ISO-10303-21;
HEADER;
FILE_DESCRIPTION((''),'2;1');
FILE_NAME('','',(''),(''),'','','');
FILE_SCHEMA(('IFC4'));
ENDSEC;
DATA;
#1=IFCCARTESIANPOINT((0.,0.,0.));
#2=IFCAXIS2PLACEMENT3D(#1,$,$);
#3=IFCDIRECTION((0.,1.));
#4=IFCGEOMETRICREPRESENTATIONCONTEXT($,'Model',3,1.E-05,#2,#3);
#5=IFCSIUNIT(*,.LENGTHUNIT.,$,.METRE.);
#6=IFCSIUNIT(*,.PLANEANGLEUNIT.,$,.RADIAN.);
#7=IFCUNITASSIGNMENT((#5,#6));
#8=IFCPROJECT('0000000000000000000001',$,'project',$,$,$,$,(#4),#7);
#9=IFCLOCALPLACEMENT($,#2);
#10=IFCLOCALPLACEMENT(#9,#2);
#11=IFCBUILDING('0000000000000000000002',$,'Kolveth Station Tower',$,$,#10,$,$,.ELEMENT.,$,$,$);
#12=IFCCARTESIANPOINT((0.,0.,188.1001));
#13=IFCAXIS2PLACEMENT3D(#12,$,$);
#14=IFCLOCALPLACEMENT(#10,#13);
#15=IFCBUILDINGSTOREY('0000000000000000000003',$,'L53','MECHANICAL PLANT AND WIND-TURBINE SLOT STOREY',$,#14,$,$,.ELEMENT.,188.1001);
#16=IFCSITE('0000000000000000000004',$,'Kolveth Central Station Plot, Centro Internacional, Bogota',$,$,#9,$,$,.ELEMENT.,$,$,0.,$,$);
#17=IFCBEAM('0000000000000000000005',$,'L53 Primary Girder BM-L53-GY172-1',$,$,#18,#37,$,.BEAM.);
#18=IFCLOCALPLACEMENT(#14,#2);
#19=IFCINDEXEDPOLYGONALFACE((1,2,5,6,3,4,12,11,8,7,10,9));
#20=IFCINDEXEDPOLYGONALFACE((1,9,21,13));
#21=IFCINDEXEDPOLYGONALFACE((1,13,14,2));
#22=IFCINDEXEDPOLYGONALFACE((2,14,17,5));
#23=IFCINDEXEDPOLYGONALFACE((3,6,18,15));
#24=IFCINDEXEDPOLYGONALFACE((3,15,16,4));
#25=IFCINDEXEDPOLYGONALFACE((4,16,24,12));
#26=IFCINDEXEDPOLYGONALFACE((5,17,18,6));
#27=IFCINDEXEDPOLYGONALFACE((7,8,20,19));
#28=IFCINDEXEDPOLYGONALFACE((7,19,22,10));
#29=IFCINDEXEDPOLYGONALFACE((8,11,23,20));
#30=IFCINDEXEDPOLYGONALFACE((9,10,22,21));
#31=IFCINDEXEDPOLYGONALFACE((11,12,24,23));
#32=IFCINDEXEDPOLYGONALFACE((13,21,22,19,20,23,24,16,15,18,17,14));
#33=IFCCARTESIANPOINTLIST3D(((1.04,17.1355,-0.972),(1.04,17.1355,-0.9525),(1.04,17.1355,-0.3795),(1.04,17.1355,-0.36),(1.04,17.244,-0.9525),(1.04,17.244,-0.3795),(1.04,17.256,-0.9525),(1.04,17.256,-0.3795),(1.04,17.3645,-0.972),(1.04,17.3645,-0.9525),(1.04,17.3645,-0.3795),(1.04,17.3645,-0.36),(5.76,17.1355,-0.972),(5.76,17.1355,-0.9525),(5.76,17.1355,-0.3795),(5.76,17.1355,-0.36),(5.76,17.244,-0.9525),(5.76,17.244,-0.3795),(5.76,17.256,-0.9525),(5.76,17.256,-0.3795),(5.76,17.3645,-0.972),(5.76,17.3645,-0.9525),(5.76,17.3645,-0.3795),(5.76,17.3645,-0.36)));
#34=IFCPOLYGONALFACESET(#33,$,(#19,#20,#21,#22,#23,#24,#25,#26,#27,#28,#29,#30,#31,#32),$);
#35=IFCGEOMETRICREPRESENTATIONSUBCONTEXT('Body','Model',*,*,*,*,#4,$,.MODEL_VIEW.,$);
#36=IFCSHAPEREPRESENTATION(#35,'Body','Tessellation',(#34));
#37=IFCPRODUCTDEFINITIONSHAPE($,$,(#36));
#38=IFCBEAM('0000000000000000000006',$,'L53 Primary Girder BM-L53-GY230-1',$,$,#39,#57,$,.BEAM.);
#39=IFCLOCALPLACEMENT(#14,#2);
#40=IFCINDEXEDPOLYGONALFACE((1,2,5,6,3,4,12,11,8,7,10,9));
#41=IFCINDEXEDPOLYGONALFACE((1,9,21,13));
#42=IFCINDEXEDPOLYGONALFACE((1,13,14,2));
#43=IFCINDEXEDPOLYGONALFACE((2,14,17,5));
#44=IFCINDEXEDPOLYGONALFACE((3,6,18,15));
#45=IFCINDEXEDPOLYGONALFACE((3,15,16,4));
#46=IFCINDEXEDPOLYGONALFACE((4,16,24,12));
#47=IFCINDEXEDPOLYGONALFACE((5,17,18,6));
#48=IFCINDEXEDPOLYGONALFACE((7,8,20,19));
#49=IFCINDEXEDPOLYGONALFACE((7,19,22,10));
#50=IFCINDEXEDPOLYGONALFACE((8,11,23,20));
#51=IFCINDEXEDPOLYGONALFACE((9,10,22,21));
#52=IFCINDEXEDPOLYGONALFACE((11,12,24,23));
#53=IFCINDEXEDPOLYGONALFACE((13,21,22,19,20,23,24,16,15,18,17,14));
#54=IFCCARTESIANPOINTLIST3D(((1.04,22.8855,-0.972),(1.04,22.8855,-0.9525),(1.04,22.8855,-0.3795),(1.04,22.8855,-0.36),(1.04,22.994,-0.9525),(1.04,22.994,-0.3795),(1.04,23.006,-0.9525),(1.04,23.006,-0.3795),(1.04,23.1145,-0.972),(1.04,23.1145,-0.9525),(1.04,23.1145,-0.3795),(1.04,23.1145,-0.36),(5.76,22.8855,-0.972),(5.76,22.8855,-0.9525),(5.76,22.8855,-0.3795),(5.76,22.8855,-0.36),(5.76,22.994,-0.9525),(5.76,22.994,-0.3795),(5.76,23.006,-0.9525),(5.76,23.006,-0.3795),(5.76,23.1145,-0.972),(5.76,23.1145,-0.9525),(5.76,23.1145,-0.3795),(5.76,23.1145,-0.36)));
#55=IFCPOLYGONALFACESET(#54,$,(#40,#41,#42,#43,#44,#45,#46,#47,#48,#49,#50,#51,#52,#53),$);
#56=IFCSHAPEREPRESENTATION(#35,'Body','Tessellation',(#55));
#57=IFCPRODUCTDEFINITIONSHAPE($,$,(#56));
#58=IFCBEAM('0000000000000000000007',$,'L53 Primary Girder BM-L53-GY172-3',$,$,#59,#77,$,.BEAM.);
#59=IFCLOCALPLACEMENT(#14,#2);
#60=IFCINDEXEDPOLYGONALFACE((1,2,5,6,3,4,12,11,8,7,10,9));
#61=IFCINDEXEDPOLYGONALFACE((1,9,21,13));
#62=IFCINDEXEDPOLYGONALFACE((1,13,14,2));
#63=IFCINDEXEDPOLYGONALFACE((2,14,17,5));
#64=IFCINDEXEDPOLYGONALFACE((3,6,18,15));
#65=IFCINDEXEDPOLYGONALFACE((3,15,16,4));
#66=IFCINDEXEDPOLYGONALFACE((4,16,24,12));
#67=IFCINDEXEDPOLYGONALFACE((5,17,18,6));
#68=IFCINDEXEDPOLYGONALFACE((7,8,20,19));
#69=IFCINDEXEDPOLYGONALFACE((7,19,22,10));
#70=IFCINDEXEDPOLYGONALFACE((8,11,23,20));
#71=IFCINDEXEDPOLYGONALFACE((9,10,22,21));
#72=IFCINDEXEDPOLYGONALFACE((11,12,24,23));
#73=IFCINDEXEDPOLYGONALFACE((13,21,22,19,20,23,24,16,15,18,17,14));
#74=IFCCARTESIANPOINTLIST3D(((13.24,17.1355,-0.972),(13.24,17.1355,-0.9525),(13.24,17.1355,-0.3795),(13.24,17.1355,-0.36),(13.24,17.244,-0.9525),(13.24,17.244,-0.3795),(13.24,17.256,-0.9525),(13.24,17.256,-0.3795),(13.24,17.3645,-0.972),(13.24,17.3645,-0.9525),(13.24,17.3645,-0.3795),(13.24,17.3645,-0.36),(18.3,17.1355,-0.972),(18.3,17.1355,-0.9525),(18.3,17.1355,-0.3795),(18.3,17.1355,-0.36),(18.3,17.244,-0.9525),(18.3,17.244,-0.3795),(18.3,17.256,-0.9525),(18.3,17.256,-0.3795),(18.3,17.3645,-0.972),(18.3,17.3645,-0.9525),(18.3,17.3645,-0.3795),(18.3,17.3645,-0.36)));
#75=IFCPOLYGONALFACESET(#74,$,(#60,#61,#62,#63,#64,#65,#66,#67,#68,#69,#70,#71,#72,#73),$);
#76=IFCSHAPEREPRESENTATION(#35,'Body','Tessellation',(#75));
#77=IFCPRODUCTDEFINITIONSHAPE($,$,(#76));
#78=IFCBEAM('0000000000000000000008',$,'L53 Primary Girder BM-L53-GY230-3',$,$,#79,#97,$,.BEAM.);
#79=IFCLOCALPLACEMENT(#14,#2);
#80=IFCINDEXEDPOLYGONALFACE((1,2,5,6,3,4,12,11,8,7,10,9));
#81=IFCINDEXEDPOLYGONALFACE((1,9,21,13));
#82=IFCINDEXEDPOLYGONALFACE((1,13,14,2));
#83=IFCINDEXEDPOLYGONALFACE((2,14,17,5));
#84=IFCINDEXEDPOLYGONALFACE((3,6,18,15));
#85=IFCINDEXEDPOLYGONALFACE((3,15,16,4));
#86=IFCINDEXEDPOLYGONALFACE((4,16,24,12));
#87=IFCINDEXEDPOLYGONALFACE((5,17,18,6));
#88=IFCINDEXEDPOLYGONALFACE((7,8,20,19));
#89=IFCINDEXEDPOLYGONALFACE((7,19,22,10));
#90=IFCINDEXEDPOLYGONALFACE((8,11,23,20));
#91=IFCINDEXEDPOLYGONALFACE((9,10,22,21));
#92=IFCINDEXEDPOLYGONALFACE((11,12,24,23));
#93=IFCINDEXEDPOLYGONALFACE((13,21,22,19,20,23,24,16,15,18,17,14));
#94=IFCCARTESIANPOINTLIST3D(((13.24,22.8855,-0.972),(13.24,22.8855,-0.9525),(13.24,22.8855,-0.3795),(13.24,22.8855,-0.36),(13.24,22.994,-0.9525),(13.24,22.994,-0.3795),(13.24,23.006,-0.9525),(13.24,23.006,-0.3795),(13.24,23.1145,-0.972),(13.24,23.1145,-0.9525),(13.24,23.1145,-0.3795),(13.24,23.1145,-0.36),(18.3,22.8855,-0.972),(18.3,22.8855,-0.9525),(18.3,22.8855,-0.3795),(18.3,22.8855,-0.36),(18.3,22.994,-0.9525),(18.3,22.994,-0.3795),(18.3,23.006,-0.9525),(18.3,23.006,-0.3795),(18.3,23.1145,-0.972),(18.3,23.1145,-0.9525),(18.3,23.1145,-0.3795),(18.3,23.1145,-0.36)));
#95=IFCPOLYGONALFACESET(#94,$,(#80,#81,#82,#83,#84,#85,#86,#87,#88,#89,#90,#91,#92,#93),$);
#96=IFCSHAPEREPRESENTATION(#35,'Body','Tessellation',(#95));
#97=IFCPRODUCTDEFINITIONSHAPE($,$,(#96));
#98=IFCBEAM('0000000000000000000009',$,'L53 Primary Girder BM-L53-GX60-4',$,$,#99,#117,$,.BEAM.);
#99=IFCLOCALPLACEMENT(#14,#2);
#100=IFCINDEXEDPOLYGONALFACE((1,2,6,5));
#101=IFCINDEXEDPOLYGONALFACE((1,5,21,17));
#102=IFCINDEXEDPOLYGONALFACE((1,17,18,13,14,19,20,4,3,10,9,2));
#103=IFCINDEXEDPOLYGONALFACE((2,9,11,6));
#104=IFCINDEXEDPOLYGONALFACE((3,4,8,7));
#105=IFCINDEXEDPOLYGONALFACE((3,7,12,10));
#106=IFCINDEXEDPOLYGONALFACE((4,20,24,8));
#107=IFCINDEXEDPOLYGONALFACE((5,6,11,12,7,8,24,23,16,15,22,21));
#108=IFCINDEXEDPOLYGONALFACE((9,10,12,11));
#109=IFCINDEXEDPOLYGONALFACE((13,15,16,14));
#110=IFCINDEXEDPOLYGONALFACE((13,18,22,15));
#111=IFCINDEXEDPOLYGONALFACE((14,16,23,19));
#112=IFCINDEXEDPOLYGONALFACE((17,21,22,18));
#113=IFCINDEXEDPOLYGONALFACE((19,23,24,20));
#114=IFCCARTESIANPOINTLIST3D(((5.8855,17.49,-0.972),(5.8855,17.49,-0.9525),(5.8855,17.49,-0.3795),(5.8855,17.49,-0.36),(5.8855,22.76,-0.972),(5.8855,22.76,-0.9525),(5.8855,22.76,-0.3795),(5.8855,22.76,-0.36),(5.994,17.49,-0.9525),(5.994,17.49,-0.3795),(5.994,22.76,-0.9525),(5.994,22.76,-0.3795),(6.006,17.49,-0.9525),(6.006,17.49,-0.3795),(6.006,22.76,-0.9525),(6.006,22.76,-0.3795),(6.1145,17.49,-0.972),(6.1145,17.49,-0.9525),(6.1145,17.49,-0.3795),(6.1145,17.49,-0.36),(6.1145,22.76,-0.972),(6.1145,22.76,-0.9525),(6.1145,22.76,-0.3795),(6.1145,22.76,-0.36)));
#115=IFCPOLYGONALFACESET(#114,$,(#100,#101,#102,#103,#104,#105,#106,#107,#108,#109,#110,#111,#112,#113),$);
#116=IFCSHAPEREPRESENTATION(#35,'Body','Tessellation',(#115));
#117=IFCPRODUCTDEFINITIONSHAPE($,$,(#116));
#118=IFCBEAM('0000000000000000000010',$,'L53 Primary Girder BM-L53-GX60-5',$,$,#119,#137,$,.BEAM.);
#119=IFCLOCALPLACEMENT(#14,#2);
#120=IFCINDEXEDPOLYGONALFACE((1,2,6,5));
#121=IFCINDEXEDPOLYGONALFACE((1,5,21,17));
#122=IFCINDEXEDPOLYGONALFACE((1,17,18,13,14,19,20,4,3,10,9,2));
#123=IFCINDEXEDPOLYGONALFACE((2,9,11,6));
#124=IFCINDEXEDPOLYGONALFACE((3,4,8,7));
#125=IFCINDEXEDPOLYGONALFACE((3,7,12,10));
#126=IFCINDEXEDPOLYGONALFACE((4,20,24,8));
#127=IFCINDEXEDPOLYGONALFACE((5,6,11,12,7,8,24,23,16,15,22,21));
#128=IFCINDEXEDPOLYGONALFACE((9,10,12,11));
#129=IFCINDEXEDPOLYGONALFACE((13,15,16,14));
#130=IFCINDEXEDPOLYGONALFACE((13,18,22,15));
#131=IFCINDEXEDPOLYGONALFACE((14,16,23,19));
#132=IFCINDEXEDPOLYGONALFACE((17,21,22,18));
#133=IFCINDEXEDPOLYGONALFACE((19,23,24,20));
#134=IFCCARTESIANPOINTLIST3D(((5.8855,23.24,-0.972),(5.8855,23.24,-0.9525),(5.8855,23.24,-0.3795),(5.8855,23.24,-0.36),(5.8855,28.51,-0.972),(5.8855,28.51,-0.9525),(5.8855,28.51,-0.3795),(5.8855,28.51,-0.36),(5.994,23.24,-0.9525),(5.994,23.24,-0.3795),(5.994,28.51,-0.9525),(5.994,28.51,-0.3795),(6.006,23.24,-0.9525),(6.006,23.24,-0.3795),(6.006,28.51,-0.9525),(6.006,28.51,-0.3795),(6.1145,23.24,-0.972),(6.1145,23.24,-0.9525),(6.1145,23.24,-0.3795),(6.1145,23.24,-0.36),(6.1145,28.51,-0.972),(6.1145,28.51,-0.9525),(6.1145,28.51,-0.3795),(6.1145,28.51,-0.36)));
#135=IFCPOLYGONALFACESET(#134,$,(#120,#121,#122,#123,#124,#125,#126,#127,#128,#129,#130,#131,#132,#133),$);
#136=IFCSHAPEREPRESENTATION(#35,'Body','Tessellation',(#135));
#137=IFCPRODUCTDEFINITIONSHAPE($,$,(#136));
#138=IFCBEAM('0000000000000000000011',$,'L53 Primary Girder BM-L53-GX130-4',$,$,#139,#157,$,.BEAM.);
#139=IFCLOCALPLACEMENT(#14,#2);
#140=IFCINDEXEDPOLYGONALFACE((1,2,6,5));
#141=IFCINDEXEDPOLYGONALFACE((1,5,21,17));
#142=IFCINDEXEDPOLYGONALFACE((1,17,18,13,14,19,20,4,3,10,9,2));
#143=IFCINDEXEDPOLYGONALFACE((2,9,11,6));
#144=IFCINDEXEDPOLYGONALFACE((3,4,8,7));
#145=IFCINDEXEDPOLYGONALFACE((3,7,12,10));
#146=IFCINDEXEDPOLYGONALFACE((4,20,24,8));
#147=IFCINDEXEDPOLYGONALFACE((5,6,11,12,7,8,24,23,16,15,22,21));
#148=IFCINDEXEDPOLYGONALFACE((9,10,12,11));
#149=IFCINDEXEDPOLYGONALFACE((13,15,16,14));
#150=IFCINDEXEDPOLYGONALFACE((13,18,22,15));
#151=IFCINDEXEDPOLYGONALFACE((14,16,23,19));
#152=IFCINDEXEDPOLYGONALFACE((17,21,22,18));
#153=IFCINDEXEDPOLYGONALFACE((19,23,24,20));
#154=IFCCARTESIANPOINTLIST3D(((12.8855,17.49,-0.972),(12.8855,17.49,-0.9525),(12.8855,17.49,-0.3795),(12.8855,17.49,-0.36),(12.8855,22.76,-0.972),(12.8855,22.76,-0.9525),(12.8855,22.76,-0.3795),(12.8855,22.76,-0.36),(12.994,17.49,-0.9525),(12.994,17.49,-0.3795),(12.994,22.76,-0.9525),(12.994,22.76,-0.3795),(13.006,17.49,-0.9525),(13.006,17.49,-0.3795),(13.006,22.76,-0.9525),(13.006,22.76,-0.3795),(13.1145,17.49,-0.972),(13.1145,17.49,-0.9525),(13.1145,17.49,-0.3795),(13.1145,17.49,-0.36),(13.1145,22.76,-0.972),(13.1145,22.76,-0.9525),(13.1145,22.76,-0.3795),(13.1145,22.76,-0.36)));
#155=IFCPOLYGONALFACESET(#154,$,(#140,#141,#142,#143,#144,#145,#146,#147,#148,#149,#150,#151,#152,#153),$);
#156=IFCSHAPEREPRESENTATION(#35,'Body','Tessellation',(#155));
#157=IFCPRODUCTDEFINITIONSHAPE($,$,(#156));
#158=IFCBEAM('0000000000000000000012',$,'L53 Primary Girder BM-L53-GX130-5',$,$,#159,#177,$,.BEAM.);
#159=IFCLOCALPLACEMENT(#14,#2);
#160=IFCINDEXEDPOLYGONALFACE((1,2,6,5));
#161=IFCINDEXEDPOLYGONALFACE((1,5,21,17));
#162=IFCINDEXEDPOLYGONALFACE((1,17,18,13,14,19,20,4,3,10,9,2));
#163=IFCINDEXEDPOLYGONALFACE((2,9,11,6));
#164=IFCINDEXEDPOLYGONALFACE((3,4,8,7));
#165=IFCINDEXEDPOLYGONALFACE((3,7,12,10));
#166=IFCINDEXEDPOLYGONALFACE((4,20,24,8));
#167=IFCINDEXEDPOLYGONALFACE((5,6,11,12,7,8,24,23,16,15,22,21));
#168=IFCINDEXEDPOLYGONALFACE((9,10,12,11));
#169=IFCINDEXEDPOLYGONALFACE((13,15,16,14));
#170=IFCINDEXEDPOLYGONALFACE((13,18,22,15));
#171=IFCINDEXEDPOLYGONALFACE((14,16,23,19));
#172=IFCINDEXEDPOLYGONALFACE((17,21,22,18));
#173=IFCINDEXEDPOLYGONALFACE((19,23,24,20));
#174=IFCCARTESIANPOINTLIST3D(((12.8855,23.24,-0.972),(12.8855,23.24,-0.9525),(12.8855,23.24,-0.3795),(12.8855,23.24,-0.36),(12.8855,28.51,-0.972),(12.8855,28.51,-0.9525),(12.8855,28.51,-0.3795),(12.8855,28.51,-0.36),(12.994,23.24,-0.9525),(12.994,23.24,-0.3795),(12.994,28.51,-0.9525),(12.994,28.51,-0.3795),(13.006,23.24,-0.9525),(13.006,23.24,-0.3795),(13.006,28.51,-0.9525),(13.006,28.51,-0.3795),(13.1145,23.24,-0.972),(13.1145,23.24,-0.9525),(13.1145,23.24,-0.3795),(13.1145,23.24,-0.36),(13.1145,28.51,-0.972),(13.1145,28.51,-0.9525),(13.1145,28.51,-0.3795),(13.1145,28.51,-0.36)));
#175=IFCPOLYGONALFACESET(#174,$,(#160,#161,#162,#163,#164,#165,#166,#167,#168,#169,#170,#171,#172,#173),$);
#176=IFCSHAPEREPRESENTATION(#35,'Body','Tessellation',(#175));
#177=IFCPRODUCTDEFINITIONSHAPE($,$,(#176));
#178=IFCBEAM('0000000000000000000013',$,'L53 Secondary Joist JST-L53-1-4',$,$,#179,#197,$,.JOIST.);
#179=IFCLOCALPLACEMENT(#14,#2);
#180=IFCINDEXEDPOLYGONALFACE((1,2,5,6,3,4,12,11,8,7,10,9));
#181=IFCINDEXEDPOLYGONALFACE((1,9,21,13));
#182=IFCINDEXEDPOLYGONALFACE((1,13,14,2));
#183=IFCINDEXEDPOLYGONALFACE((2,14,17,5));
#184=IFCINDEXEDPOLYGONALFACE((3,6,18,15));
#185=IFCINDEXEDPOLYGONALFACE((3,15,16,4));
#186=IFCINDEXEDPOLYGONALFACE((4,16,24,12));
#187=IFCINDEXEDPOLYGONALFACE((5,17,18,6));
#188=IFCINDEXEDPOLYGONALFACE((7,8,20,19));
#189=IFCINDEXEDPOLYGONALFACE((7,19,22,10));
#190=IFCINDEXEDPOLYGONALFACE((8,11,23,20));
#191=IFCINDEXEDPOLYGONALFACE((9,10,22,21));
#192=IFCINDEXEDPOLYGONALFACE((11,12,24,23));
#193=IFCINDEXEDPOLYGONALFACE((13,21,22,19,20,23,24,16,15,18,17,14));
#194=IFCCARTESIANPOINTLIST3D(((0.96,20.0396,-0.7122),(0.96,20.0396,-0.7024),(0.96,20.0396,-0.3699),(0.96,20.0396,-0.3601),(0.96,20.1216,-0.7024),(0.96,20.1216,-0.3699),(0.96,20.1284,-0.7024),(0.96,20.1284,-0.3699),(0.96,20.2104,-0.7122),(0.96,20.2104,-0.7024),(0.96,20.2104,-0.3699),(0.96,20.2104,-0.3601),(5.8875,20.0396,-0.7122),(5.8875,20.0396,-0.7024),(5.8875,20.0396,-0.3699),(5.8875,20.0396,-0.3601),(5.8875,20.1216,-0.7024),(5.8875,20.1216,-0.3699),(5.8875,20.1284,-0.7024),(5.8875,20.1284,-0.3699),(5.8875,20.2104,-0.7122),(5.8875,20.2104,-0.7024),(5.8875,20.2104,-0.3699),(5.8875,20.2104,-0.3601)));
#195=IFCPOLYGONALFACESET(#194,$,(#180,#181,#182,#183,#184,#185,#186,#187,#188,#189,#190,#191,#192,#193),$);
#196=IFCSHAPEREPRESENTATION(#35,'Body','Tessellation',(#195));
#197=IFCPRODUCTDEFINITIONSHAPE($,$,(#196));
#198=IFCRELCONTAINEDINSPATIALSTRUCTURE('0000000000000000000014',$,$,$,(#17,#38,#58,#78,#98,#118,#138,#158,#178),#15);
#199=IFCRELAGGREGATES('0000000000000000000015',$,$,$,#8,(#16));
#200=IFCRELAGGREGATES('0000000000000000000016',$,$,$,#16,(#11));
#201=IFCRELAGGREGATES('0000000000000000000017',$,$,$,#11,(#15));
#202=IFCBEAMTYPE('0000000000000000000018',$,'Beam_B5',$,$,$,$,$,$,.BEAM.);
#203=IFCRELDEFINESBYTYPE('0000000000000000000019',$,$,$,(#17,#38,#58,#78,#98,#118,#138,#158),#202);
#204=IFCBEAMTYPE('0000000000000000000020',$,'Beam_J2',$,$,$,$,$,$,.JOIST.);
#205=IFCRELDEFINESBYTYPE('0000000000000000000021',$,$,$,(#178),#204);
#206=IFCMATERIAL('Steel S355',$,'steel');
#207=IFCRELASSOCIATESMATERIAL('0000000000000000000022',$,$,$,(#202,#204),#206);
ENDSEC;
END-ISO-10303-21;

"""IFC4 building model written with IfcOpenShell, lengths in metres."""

from ifc_helpers import new_model, si_unit, direction, frame, origin, origin_2d, place, context, subcontext, project, spatial, i_section, extrude, source, transform, mapped, material, material_profile, profile_set, type_object, element, save


model = new_model("IFC4")

# Units and contexts
model_context = context("Model", 3, precision=1e-05, world=origin(), true_north=direction((0.0, 1.0)))
body_context = subcontext(model_context, "Body", "Model", "MODEL_VIEW")
ifc_project = project(units=[si_unit("LENGTHUNIT", "METRE"), si_unit("PLANEANGLEUNIT", "RADIAN")], contexts=[model_context])

# Site, building, storey
site_placement = place(None, origin())
site = spatial("IfcSite", under=ifc_project, at=site_placement, Name="Kolveth Central Station Plot, Centro Internacional, Bogota", CompositionType="ELEMENT", RefElevation=0.0)
building_placement = place(site_placement, origin())
building = spatial("IfcBuilding", under=site, at=building_placement, Name="Kolveth Station Tower", CompositionType="ELEMENT")
storey_placement = place(building_placement, frame((0.0, 0.0, 188.1001)))
storey = spatial("IfcBuildingStorey", under=building, at=storey_placement, Name="L53", Description="MECHANICAL PLANT AND WIND-TURBINE SLOT STOREY", CompositionType="ELEMENT", Elevation=188.1001)

# Shared definitions
ifc_material_1 = material(Name="Steel S355", Category="steel")

# Beams
ifc_material_profile_1 = material_profile(ifc_material_1, i_section(OverallWidth=0.229, OverallDepth=0.6121, WebThickness=0.012, FlangeThickness=0.0195, at=origin_2d()), Name="W610x125")
ifc_profile_set_1 = profile_set([ifc_material_profile_1], Name="Steel S355")
beam_type_1 = type_object("IfcBeamType", Name="Beam_B5", PredefinedType="BEAM", material=ifc_profile_set_1)
shared_shape_1 = source(origin(), body_context, "Body", "SweptSolid", [
    extrude(i_section(OverallWidth=0.229, OverallDepth=0.6121, WebThickness=0.012, FlangeThickness=0.0195, at=origin_2d()), origin(), (0.0, 0.0, 1.0), 4.72),
])
for number, where, z_axis, x_axis, name in (
    (1, (1.04, 17.25, -0.666), (1.0, 0.0, 0.0), (0.0, 1.0, 0.0), "L53 Primary Girder BM-L53-GY172-1"),
    (2, (1.04, 23.0, -0.666), (1.0, 0.0, 0.0), (0.0, 1.0, 0.0), "L53 Primary Girder BM-L53-GY230-1"),
):
    element("IfcBeam", number, at=place(storey_placement, frame(where, z_axis=z_axis, x_axis=x_axis)), inside=storey, type_object=beam_type_1, Name=name, PredefinedType="BEAM", context=body_context, shape_type="MappedRepresentation", body=[
        mapped(shared_shape_1, transform((0.0, 0.0, 0.0), x_axis=(1.0, 0.0, 0.0), y_axis=(0.0, 1.0, 0.0), z_axis=(0.0, 0.0, 1.0), scale=1.0)),
    ])
shared_shape_2 = source(origin(), body_context, "Body", "SweptSolid", [
    extrude(i_section(OverallWidth=0.229, OverallDepth=0.6121, WebThickness=0.012, FlangeThickness=0.0195, at=origin_2d()), origin(), (0.0, 0.0, 1.0), 5.0601),
])
for number, where, z_axis, x_axis, name in (
    (3, (13.24, 17.25, -0.666), (1.0, 0.0, 0.0), (0.0, 1.0, 0.0), "L53 Primary Girder BM-L53-GY172-3"),
    (4, (13.24, 23.0, -0.666), (1.0, 0.0, 0.0), (0.0, 1.0, 0.0), "L53 Primary Girder BM-L53-GY230-3"),
):
    element("IfcBeam", number, at=place(storey_placement, frame(where, z_axis=z_axis, x_axis=x_axis)), inside=storey, type_object=beam_type_1, Name=name, PredefinedType="BEAM", context=body_context, shape_type="MappedRepresentation", body=[
        mapped(shared_shape_2, transform((0.0, 0.0, 0.0), x_axis=(1.0, 0.0, 0.0), y_axis=(0.0, 1.0, 0.0), z_axis=(0.0, 0.0, 1.0), scale=1.0)),
    ])
shared_shape_3 = source(origin(), body_context, "Body", "SweptSolid", [
    extrude(i_section(OverallWidth=0.229, OverallDepth=0.6121, WebThickness=0.012, FlangeThickness=0.0195, at=origin_2d()), origin(), (0.0, 0.0, 1.0), 5.27),
])
for number, where, z_axis, x_axis, name in (
    (5, (6.0, 17.49, -0.666), (0.0, 1.0, 0.0), (-1.0, 0.0, 0.0), "L53 Primary Girder BM-L53-GX60-4"),
    (6, (6.0, 23.24, -0.666), (0.0, 1.0, 0.0), (-1.0, 0.0, 0.0), "L53 Primary Girder BM-L53-GX60-5"),
    (7, (13.0, 17.49, -0.666), (0.0, 1.0, 0.0), (-1.0, 0.0, 0.0), "L53 Primary Girder BM-L53-GX130-4"),
    (8, (13.0, 23.24, -0.666), (0.0, 1.0, 0.0), (-1.0, 0.0, 0.0), "L53 Primary Girder BM-L53-GX130-5"),
):
    element("IfcBeam", number, at=place(storey_placement, frame(where, z_axis=z_axis, x_axis=x_axis)), inside=storey, type_object=beam_type_1, Name=name, PredefinedType="BEAM", context=body_context, shape_type="MappedRepresentation", body=[
        mapped(shared_shape_3, transform((0.0, 0.0, 0.0), x_axis=(1.0, 0.0, 0.0), y_axis=(0.0, 1.0, 0.0), z_axis=(0.0, 0.0, 1.0), scale=1.0)),
    ])
ifc_material_profile_2 = material_profile(ifc_material_1, i_section(OverallWidth=0.1709, OverallDepth=0.3521, WebThickness=0.0068, FlangeThickness=0.0098, at=origin_2d()), Name="W360x44")
ifc_profile_set_2 = profile_set([ifc_material_profile_2], Name="Steel S355")
beam_type_2 = type_object("IfcBeamType", Name="Beam_J2", PredefinedType="JOIST", material=ifc_profile_set_2)
shared_shape_4 = source(origin(), body_context, "Body", "SweptSolid", [
    extrude(i_section(OverallWidth=0.1709, OverallDepth=0.3521, WebThickness=0.0068, FlangeThickness=0.0098, at=origin_2d()), origin(), (0.0, 0.0, 1.0), 4.9275),
])
for number, where, z_axis, x_axis, name in (
    (9, (0.96, 20.125, -0.5361), (1.0, 0.0, 0.0), (0.0, 1.0, 0.0), "L53 Secondary Joist JST-L53-1-4"),
):
    element("IfcBeam", number, at=place(storey_placement, frame(where, z_axis=z_axis, x_axis=x_axis)), inside=storey, type_object=beam_type_2, Name=name, PredefinedType="JOIST", context=body_context, shape_type="MappedRepresentation", body=[
        mapped(shared_shape_4, transform((0.0, 0.0, 0.0), x_axis=(1.0, 0.0, 0.0), y_axis=(0.0, 1.0, 0.0), z_axis=(0.0, 0.0, 1.0), scale=1.0)),
    ])

save(model, "model.ifc")
